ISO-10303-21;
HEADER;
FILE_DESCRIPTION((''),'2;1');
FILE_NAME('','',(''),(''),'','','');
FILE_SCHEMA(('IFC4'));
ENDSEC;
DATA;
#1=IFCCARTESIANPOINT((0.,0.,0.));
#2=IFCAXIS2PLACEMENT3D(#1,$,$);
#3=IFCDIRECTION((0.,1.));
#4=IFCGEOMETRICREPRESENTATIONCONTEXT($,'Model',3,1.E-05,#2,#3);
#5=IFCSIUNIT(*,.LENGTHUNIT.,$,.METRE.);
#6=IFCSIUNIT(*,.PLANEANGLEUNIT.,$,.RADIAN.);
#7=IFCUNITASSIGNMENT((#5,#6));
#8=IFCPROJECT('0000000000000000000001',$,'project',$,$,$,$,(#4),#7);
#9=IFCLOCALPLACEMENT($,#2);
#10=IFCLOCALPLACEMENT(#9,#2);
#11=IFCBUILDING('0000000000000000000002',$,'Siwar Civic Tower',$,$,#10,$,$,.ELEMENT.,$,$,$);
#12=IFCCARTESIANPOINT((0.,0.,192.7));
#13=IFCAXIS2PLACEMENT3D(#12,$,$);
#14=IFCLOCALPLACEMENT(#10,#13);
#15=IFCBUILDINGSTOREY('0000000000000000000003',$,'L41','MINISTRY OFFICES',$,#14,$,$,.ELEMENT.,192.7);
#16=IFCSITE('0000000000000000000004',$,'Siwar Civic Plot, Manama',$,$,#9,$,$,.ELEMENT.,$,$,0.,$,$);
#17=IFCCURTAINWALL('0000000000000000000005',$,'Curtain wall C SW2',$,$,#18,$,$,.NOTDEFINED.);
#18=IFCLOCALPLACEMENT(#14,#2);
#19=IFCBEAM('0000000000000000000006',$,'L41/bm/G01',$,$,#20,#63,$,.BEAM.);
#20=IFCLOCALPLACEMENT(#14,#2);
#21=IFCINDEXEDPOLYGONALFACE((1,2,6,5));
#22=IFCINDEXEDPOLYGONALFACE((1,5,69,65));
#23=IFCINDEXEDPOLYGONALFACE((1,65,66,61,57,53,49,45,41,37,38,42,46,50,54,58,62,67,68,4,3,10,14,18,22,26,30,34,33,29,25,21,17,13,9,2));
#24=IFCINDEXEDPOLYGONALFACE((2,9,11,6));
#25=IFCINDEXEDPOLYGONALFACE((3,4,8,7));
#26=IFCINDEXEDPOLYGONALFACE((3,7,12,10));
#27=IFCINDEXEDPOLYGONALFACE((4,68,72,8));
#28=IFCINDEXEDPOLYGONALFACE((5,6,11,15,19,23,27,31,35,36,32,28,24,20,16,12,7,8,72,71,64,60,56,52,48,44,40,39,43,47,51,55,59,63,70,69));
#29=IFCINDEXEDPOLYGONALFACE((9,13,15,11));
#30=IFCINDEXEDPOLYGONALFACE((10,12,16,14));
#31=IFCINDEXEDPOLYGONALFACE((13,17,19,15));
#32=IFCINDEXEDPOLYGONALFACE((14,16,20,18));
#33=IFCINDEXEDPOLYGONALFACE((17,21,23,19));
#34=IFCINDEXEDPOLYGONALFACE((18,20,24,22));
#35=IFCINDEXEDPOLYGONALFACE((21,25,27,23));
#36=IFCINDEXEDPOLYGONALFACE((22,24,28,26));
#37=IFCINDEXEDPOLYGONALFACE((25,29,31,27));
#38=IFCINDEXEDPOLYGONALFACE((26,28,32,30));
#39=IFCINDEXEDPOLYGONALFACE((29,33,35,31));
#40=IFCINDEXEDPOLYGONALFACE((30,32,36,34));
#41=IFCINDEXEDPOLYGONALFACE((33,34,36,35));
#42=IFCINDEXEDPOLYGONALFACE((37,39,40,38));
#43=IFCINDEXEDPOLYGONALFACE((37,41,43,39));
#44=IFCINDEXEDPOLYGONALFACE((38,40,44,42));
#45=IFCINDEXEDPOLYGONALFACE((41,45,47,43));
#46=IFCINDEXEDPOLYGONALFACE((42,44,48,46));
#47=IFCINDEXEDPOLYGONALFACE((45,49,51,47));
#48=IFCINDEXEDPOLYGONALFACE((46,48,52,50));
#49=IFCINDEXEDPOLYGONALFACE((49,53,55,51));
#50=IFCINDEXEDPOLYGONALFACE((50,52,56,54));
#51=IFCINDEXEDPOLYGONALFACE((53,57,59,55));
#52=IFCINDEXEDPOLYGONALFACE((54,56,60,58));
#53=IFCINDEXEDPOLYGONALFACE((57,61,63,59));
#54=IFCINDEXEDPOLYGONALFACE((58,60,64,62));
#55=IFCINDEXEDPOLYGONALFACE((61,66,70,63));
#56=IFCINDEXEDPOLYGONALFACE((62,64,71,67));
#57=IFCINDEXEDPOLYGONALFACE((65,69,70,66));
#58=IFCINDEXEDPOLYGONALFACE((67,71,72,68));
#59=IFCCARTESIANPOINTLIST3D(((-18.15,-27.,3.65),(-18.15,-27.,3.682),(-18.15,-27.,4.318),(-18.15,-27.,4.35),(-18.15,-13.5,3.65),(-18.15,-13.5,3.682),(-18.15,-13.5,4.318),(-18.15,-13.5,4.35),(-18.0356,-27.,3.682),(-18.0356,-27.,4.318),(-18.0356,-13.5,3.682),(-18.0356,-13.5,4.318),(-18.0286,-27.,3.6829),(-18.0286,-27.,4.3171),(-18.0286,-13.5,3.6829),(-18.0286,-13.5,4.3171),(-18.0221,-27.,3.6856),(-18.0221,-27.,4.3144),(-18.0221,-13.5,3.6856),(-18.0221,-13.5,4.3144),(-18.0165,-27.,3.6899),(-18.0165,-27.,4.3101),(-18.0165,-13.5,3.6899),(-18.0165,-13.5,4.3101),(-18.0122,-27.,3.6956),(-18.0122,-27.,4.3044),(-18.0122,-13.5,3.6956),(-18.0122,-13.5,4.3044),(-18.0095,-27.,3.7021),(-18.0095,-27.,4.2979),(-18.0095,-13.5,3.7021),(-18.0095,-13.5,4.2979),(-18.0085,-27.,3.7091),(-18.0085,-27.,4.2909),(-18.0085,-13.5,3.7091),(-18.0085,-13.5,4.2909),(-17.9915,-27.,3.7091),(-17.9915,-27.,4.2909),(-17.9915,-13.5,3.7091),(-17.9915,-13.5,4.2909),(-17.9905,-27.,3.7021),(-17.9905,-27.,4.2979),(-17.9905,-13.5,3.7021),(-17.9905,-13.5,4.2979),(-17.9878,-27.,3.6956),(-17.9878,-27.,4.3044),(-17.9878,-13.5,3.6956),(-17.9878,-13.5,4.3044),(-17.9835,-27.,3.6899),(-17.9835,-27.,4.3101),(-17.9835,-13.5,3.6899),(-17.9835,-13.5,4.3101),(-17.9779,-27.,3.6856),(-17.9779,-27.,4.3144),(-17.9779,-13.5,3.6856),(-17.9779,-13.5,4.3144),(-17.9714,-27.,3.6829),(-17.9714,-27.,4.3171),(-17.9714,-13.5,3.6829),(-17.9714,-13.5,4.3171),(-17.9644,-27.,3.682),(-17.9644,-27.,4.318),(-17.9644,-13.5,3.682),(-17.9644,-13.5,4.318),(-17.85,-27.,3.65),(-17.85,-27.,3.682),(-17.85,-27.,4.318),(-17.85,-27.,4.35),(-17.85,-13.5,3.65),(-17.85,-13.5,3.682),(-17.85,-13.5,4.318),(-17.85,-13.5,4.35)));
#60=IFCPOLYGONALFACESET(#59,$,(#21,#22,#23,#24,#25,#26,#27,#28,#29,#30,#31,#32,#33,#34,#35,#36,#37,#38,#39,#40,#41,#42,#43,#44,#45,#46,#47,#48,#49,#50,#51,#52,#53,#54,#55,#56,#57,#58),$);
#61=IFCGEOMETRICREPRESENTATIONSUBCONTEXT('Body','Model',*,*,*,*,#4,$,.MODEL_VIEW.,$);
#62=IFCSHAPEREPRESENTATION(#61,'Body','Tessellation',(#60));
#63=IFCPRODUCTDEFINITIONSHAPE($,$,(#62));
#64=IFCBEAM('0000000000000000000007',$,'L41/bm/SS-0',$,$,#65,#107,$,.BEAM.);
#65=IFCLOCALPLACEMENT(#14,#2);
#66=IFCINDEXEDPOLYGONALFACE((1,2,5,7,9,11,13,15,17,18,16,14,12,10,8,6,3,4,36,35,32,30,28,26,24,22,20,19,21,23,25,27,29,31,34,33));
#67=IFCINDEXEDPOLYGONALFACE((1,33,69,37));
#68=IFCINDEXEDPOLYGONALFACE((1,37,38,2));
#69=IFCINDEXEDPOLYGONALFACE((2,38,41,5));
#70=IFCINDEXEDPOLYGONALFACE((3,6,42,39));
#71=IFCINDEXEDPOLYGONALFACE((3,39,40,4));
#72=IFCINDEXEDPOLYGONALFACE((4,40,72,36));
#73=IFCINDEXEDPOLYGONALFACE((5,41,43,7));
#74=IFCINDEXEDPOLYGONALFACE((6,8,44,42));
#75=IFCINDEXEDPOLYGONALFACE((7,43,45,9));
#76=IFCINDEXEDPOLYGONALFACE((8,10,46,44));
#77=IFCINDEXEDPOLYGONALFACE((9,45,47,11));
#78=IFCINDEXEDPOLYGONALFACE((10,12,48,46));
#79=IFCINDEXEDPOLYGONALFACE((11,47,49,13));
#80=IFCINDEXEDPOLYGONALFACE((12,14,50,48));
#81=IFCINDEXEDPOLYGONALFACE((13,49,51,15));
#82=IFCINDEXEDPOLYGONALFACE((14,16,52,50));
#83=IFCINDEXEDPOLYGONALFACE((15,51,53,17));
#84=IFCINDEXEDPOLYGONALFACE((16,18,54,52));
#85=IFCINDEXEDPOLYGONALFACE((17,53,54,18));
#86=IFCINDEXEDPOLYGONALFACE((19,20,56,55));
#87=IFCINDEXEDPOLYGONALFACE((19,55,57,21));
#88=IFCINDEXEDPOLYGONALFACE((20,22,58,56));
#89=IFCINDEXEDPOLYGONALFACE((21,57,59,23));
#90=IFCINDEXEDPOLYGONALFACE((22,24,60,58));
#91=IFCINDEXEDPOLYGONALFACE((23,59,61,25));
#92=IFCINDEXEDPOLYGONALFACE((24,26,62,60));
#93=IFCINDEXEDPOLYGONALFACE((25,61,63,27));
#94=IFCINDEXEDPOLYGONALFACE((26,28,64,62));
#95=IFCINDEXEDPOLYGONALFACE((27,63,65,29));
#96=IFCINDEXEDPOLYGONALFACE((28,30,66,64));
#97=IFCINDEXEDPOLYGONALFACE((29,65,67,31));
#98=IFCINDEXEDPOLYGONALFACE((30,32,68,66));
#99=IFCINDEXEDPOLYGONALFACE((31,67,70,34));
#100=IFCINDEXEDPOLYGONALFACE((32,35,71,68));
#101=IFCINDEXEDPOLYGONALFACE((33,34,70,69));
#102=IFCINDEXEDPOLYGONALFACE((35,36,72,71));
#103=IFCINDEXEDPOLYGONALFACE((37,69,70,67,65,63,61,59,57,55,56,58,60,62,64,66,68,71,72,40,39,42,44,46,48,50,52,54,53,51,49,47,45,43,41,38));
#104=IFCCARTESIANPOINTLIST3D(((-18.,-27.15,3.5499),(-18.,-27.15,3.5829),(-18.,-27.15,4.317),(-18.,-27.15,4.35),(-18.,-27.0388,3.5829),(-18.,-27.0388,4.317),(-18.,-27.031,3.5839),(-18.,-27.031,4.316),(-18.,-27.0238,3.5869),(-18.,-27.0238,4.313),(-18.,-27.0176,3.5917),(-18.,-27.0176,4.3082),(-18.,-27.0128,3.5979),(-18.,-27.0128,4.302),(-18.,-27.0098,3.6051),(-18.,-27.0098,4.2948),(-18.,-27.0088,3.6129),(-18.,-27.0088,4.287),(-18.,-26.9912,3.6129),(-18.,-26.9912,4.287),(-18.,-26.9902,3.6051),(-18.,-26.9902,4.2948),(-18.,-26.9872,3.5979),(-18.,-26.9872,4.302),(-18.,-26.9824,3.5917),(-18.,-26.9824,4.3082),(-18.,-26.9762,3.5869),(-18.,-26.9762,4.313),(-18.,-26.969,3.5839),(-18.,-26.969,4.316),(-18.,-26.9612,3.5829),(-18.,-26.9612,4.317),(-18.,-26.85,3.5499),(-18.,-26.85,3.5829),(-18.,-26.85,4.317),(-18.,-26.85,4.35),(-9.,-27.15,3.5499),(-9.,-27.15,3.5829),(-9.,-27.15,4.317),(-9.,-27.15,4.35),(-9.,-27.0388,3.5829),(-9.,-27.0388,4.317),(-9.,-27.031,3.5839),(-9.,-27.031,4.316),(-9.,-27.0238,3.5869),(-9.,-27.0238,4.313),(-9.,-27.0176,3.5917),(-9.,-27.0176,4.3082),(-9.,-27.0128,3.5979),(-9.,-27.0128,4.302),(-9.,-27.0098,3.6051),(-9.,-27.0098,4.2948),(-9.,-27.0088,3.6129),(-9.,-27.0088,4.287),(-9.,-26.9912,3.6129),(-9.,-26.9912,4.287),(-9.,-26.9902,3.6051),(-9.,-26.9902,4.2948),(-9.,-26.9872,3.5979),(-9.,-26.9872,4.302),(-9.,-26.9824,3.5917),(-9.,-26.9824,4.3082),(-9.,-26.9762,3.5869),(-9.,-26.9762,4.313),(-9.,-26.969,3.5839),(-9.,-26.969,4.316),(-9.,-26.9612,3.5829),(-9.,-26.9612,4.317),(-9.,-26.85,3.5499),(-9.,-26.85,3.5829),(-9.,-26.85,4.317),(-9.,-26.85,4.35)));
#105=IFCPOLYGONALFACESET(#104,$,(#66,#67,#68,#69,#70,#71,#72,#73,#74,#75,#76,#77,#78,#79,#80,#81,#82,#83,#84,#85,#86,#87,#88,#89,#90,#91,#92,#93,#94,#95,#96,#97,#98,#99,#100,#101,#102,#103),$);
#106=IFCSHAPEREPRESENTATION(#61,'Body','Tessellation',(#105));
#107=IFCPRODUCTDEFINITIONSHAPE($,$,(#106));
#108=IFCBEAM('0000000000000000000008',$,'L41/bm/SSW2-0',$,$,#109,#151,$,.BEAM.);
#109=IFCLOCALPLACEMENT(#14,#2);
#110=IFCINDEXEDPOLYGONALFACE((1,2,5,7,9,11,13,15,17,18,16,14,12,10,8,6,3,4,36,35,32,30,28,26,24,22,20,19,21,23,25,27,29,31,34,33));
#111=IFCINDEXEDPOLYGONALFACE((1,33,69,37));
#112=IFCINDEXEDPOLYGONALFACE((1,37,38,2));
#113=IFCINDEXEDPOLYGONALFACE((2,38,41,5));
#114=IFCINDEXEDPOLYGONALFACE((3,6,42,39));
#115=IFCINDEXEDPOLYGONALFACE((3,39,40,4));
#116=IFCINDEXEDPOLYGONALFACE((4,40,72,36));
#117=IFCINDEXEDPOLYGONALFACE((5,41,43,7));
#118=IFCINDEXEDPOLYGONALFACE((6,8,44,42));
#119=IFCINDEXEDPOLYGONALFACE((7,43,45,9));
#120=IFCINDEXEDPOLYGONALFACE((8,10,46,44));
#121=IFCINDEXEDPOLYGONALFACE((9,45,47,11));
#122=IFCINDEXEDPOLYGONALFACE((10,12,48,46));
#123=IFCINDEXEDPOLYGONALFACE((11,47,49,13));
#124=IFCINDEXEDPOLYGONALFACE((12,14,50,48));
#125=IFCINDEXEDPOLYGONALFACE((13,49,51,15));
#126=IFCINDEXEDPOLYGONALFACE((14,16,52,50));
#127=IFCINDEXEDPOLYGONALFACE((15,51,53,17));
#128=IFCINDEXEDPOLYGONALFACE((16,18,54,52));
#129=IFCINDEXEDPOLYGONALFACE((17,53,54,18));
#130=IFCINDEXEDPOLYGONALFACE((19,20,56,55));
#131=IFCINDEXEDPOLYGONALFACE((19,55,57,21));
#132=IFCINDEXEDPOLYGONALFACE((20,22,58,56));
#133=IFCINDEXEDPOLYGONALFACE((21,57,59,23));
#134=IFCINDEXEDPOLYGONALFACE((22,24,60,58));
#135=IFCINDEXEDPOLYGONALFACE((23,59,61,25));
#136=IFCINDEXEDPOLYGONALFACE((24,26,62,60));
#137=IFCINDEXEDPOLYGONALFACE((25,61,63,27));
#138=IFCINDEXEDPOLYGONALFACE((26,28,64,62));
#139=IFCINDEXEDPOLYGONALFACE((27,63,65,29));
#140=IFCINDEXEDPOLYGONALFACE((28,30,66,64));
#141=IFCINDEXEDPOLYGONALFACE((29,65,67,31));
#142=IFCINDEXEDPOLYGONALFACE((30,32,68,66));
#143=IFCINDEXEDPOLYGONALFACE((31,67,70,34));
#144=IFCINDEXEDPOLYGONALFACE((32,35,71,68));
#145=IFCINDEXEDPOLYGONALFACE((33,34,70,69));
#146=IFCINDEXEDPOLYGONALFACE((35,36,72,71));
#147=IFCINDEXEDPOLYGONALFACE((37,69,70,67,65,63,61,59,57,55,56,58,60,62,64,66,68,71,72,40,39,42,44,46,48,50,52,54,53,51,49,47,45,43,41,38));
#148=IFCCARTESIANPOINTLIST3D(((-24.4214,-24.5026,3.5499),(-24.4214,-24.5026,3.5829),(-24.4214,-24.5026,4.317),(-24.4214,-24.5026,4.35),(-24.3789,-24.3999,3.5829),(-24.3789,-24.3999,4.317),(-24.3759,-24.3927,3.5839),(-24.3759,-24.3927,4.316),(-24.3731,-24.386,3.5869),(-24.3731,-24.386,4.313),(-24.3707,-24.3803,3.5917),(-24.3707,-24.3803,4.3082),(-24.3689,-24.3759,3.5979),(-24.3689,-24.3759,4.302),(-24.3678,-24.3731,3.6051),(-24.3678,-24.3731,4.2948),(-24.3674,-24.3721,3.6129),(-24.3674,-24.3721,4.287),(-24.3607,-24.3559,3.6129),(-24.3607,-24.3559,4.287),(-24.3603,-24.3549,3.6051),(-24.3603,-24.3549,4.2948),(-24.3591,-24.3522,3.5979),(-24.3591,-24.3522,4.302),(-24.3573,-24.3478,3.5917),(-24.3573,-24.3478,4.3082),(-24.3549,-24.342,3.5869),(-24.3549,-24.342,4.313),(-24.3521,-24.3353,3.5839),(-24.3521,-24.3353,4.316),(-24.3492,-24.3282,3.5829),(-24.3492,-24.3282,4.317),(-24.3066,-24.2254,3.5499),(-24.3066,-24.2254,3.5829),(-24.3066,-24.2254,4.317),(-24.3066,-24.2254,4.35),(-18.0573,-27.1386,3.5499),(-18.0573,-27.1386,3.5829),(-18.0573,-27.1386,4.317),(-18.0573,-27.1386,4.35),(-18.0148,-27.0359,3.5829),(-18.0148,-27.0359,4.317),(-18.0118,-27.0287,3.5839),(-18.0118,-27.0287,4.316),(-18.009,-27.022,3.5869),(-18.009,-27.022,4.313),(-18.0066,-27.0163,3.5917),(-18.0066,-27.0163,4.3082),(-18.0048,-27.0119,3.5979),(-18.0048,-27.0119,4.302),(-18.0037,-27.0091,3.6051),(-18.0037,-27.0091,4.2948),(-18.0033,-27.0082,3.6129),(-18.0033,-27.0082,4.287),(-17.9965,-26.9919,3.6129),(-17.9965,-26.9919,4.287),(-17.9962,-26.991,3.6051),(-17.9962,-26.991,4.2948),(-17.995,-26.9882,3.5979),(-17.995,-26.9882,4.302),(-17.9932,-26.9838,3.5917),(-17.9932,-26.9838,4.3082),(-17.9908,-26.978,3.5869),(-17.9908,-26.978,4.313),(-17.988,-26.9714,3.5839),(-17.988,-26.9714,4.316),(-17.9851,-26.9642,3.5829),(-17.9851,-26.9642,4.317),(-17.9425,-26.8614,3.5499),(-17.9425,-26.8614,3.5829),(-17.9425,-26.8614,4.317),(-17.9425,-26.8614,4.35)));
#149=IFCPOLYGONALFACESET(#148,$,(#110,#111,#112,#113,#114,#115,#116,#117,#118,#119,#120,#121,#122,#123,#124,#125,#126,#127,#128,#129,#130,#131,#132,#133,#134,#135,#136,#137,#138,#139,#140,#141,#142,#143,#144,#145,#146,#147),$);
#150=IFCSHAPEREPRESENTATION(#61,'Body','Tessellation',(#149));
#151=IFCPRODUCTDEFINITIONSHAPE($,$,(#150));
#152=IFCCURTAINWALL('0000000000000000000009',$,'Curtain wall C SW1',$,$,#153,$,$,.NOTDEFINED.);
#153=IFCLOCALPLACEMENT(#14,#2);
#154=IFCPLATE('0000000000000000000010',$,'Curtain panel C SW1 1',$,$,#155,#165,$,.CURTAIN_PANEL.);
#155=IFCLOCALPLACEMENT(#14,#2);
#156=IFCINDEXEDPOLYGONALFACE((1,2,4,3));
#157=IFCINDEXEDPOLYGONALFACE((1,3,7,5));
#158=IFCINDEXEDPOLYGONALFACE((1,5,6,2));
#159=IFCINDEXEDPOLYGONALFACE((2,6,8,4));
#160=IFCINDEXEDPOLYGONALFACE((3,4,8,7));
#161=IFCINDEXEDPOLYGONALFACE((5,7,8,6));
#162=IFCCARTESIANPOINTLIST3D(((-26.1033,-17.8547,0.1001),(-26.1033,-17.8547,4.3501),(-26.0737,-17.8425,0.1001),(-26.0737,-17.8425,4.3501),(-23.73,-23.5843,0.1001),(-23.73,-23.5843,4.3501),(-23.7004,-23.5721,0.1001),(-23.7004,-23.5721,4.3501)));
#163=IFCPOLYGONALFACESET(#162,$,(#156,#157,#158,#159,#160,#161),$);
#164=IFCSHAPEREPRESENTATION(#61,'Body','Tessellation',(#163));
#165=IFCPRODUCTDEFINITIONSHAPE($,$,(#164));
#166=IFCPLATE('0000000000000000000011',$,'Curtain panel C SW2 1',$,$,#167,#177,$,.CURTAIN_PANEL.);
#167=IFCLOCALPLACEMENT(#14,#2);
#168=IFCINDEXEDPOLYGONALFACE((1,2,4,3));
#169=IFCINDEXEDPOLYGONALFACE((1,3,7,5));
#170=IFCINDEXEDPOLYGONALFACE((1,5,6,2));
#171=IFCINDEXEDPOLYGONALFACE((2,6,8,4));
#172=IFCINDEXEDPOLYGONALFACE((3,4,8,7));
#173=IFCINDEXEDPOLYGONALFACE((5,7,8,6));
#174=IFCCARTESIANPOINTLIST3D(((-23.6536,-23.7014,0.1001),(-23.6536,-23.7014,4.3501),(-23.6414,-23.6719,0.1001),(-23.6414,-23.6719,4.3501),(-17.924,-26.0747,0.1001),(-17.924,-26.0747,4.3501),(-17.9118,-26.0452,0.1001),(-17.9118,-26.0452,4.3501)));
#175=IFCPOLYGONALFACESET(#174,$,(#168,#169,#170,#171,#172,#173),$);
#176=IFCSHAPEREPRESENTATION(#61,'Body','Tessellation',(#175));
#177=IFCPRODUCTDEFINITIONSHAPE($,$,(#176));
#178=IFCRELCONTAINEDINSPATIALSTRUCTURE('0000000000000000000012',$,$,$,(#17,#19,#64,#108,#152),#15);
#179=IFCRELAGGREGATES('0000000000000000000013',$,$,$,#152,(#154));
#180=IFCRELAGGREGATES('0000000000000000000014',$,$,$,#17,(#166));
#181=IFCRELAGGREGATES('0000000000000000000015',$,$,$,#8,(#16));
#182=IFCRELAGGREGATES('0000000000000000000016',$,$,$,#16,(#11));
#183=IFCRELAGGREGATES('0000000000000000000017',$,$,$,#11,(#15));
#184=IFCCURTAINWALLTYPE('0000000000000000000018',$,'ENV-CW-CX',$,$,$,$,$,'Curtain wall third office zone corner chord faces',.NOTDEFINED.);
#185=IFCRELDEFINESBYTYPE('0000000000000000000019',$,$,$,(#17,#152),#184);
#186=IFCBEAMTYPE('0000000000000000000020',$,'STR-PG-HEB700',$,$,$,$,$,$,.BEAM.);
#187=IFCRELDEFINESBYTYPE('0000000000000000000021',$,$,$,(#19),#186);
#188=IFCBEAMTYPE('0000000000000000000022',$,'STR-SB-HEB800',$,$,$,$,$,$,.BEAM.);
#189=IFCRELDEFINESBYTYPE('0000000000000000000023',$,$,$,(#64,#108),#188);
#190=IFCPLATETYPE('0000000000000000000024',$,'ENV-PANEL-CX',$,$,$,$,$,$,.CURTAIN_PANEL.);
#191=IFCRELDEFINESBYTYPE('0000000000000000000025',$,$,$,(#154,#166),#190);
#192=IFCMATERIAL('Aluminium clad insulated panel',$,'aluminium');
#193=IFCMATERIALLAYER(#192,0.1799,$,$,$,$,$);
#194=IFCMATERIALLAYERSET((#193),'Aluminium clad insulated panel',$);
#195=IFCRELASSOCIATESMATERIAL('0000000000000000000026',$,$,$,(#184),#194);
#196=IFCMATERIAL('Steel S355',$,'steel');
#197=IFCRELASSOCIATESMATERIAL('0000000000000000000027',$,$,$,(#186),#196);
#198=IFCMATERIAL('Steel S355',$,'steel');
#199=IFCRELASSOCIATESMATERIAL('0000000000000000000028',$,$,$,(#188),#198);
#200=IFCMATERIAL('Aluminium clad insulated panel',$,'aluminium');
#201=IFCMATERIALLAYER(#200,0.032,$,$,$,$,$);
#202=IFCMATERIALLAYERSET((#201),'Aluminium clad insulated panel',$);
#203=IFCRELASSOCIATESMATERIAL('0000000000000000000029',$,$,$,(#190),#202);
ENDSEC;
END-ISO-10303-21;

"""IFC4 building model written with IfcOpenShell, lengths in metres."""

from ifc_helpers import new_model, si_unit, direction, frame, origin, origin_2d, place, context, subcontext, project, spatial, rectangle, i_section, extrude, material, layer, layer_set, material_profile, profile_set, type_object, element, aggregate, save


model = new_model("IFC4")

# Units and contexts
model_context = context("Model", 3, precision=1e-05, world=origin(), true_north=direction((0.0, 1.0)))
body_context = subcontext(model_context, "Body", "Model", "MODEL_VIEW")
ifc_project = project(units=[si_unit("LENGTHUNIT", "METRE"), si_unit("PLANEANGLEUNIT", "RADIAN")], contexts=[model_context])

# Site, building, storey
site_placement = place(None, origin())
site = spatial("IfcSite", under=ifc_project, at=site_placement, Name="Siwar Civic Plot, Manama", CompositionType="ELEMENT", RefElevation=0.0)
building_placement = place(site_placement, origin())
building = spatial("IfcBuilding", under=site, at=building_placement, Name="Siwar Civic Tower", CompositionType="ELEMENT")
storey_placement = place(building_placement, frame((0.0, 0.0, 192.7)))
storey = spatial("IfcBuildingStorey", under=building, at=storey_placement, Name="L41", Description="MINISTRY OFFICES", CompositionType="ELEMENT", Elevation=192.7)

# Curtain wall
ifc_material_1 = material(Name="Aluminium clad insulated panel", Category="aluminium")
ifc_layer_1 = layer(ifc_material_1, 0.1799)
ifc_layer_set_1 = layer_set([ifc_layer_1], Name="Aluminium clad insulated panel")
curtain_wall_type = type_object("IfcCurtainWallType", Name="ENV-CW-CX", ElementType="Curtain wall third office zone corner chord faces", PredefinedType="NOTDEFINED", material=ifc_layer_set_1)
curtain_wall_1_placement = place(storey_placement, origin())
curtain_wall_1 = element("IfcCurtainWall", 1, at=curtain_wall_1_placement, inside=storey, type_object=curtain_wall_type, Name="Curtain wall C SW2", PredefinedType="NOTDEFINED")

# Beams
ifc_material_2 = material(Name="Steel S355", Category="steel")
ifc_material_profile_1 = material_profile(ifc_material_2, i_section(OverallWidth=0.3, OverallDepth=0.7, WebThickness=0.0171, FlangeThickness=0.032, FilletRadius=0.0271, at=origin_2d()), Name="HEB700")
ifc_profile_set_1 = profile_set([ifc_material_profile_1], Name="Steel S355")
beam_type_1 = type_object("IfcBeamType", Name="STR-PG-HEB700", PredefinedType="BEAM", material=ifc_profile_set_1)
beam_1_placement = place(storey_placement, frame((-18.0, -27.0, 4.0), z_axis=(0.0, 1.0, 0.0), x_axis=(-1.0, 0.0, 0.0)))
element("IfcBeam", 2, at=beam_1_placement, inside=storey, type_object=beam_type_1, Name="L41/bm/G01", PredefinedType="BEAM", context=body_context, shape_type="SweptSolid", body=[
    extrude(i_section(OverallWidth=0.3, OverallDepth=0.7, WebThickness=0.0171, FlangeThickness=0.032, FilletRadius=0.0271, at=origin_2d()), origin(), (0.0, 0.0, 1.0), 13.5),
])
ifc_material_3 = material(Name="Steel S355", Category="steel")
ifc_material_profile_2 = material_profile(ifc_material_3, i_section(OverallWidth=0.3, OverallDepth=0.8, WebThickness=0.0176, FlangeThickness=0.033, FilletRadius=0.03, at=origin_2d()), Name="HEB800")
ifc_profile_set_2 = profile_set([ifc_material_profile_2], Name="Steel S355")
beam_type_2 = type_object("IfcBeamType", Name="STR-SB-HEB800", PredefinedType="BEAM", material=ifc_profile_set_2)
beam_2_placement = place(storey_placement, frame((-18.0, -27.0, 3.95), z_axis=(1.0, 0.0, 0.0), x_axis=(0.0, 1.0, 0.0)))
element("IfcBeam", 3, at=beam_2_placement, inside=storey, type_object=beam_type_2, Name="L41/bm/SS-0", PredefinedType="BEAM", context=body_context, shape_type="SweptSolid", body=[
    extrude(i_section(OverallWidth=0.3, OverallDepth=0.8, WebThickness=0.0176, FlangeThickness=0.033, FilletRadius=0.03, at=origin_2d()), origin(), (0.0, 0.0, 1.0), 9.0),
])
beam_3_placement = place(storey_placement, frame((-24.364, -24.364, 3.95), z_axis=(0.923883, -0.382674, 0.0), x_axis=(0.382674, 0.923883, 0.0)))
element("IfcBeam", 4, at=beam_3_placement, inside=storey, type_object=beam_type_2, Name="L41/bm/SSW2-0", PredefinedType="BEAM", context=body_context, shape_type="SweptSolid", body=[
    extrude(i_section(OverallWidth=0.3, OverallDepth=0.8, WebThickness=0.0176, FlangeThickness=0.033, FilletRadius=0.03, at=origin_2d()), origin(), (0.0, 0.0, 1.0), 6.8884),
])

# Curtain wall, plate
curtain_wall_2_placement = place(storey_placement, origin())
curtain_wall_2 = element("IfcCurtainWall", 5, at=curtain_wall_2_placement, inside=storey, type_object=curtain_wall_type, Name="Curtain wall C SW1", PredefinedType="NOTDEFINED")
ifc_material_4 = material(Name="Aluminium clad insulated panel", Category="aluminium")
ifc_layer_2 = layer(ifc_material_4, 0.032)
ifc_layer_set_2 = layer_set([ifc_layer_2], Name="Aluminium clad insulated panel")
plate_type = type_object("IfcPlateType", Name="ENV-PANEL-CX", PredefinedType="CURTAIN_PANEL", material=ifc_layer_set_2)
plate_1_placement = place(storey_placement, frame((-24.9019, -20.7134, 0.1001), z_axis=(0.0, 0.0, 1.0), x_axis=(0.382683, -0.92388, 0.0)))
plate_1 = element("IfcPlate", 6, at=plate_1_placement, type_object=plate_type, Name="Curtain panel C SW1 1", PredefinedType="CURTAIN_PANEL", context=body_context, shape_type="SweptSolid", body=[
    extrude(rectangle(XDim=6.2017, YDim=0.032, at=origin_2d()), origin(), (0.0, 0.0, 1.0), 4.25),
])
aggregate(curtain_wall_2, [plate_1])

# Plate
plate_2_placement = place(storey_placement, frame((-20.7827, -24.8733, 0.1001), z_axis=(0.0, 0.0, 1.0), x_axis=(0.92388, -0.382683, 0.0)))
plate_2 = element("IfcPlate", 7, at=plate_2_placement, type_object=plate_type, Name="Curtain panel C SW2 1", PredefinedType="CURTAIN_PANEL", context=body_context, shape_type="SweptSolid", body=[
    extrude(rectangle(XDim=6.2017, YDim=0.032, at=origin_2d()), origin(), (0.0, 0.0, 1.0), 4.25),
])
aggregate(curtain_wall_1, [plate_2])

save(model, "model.ifc")
